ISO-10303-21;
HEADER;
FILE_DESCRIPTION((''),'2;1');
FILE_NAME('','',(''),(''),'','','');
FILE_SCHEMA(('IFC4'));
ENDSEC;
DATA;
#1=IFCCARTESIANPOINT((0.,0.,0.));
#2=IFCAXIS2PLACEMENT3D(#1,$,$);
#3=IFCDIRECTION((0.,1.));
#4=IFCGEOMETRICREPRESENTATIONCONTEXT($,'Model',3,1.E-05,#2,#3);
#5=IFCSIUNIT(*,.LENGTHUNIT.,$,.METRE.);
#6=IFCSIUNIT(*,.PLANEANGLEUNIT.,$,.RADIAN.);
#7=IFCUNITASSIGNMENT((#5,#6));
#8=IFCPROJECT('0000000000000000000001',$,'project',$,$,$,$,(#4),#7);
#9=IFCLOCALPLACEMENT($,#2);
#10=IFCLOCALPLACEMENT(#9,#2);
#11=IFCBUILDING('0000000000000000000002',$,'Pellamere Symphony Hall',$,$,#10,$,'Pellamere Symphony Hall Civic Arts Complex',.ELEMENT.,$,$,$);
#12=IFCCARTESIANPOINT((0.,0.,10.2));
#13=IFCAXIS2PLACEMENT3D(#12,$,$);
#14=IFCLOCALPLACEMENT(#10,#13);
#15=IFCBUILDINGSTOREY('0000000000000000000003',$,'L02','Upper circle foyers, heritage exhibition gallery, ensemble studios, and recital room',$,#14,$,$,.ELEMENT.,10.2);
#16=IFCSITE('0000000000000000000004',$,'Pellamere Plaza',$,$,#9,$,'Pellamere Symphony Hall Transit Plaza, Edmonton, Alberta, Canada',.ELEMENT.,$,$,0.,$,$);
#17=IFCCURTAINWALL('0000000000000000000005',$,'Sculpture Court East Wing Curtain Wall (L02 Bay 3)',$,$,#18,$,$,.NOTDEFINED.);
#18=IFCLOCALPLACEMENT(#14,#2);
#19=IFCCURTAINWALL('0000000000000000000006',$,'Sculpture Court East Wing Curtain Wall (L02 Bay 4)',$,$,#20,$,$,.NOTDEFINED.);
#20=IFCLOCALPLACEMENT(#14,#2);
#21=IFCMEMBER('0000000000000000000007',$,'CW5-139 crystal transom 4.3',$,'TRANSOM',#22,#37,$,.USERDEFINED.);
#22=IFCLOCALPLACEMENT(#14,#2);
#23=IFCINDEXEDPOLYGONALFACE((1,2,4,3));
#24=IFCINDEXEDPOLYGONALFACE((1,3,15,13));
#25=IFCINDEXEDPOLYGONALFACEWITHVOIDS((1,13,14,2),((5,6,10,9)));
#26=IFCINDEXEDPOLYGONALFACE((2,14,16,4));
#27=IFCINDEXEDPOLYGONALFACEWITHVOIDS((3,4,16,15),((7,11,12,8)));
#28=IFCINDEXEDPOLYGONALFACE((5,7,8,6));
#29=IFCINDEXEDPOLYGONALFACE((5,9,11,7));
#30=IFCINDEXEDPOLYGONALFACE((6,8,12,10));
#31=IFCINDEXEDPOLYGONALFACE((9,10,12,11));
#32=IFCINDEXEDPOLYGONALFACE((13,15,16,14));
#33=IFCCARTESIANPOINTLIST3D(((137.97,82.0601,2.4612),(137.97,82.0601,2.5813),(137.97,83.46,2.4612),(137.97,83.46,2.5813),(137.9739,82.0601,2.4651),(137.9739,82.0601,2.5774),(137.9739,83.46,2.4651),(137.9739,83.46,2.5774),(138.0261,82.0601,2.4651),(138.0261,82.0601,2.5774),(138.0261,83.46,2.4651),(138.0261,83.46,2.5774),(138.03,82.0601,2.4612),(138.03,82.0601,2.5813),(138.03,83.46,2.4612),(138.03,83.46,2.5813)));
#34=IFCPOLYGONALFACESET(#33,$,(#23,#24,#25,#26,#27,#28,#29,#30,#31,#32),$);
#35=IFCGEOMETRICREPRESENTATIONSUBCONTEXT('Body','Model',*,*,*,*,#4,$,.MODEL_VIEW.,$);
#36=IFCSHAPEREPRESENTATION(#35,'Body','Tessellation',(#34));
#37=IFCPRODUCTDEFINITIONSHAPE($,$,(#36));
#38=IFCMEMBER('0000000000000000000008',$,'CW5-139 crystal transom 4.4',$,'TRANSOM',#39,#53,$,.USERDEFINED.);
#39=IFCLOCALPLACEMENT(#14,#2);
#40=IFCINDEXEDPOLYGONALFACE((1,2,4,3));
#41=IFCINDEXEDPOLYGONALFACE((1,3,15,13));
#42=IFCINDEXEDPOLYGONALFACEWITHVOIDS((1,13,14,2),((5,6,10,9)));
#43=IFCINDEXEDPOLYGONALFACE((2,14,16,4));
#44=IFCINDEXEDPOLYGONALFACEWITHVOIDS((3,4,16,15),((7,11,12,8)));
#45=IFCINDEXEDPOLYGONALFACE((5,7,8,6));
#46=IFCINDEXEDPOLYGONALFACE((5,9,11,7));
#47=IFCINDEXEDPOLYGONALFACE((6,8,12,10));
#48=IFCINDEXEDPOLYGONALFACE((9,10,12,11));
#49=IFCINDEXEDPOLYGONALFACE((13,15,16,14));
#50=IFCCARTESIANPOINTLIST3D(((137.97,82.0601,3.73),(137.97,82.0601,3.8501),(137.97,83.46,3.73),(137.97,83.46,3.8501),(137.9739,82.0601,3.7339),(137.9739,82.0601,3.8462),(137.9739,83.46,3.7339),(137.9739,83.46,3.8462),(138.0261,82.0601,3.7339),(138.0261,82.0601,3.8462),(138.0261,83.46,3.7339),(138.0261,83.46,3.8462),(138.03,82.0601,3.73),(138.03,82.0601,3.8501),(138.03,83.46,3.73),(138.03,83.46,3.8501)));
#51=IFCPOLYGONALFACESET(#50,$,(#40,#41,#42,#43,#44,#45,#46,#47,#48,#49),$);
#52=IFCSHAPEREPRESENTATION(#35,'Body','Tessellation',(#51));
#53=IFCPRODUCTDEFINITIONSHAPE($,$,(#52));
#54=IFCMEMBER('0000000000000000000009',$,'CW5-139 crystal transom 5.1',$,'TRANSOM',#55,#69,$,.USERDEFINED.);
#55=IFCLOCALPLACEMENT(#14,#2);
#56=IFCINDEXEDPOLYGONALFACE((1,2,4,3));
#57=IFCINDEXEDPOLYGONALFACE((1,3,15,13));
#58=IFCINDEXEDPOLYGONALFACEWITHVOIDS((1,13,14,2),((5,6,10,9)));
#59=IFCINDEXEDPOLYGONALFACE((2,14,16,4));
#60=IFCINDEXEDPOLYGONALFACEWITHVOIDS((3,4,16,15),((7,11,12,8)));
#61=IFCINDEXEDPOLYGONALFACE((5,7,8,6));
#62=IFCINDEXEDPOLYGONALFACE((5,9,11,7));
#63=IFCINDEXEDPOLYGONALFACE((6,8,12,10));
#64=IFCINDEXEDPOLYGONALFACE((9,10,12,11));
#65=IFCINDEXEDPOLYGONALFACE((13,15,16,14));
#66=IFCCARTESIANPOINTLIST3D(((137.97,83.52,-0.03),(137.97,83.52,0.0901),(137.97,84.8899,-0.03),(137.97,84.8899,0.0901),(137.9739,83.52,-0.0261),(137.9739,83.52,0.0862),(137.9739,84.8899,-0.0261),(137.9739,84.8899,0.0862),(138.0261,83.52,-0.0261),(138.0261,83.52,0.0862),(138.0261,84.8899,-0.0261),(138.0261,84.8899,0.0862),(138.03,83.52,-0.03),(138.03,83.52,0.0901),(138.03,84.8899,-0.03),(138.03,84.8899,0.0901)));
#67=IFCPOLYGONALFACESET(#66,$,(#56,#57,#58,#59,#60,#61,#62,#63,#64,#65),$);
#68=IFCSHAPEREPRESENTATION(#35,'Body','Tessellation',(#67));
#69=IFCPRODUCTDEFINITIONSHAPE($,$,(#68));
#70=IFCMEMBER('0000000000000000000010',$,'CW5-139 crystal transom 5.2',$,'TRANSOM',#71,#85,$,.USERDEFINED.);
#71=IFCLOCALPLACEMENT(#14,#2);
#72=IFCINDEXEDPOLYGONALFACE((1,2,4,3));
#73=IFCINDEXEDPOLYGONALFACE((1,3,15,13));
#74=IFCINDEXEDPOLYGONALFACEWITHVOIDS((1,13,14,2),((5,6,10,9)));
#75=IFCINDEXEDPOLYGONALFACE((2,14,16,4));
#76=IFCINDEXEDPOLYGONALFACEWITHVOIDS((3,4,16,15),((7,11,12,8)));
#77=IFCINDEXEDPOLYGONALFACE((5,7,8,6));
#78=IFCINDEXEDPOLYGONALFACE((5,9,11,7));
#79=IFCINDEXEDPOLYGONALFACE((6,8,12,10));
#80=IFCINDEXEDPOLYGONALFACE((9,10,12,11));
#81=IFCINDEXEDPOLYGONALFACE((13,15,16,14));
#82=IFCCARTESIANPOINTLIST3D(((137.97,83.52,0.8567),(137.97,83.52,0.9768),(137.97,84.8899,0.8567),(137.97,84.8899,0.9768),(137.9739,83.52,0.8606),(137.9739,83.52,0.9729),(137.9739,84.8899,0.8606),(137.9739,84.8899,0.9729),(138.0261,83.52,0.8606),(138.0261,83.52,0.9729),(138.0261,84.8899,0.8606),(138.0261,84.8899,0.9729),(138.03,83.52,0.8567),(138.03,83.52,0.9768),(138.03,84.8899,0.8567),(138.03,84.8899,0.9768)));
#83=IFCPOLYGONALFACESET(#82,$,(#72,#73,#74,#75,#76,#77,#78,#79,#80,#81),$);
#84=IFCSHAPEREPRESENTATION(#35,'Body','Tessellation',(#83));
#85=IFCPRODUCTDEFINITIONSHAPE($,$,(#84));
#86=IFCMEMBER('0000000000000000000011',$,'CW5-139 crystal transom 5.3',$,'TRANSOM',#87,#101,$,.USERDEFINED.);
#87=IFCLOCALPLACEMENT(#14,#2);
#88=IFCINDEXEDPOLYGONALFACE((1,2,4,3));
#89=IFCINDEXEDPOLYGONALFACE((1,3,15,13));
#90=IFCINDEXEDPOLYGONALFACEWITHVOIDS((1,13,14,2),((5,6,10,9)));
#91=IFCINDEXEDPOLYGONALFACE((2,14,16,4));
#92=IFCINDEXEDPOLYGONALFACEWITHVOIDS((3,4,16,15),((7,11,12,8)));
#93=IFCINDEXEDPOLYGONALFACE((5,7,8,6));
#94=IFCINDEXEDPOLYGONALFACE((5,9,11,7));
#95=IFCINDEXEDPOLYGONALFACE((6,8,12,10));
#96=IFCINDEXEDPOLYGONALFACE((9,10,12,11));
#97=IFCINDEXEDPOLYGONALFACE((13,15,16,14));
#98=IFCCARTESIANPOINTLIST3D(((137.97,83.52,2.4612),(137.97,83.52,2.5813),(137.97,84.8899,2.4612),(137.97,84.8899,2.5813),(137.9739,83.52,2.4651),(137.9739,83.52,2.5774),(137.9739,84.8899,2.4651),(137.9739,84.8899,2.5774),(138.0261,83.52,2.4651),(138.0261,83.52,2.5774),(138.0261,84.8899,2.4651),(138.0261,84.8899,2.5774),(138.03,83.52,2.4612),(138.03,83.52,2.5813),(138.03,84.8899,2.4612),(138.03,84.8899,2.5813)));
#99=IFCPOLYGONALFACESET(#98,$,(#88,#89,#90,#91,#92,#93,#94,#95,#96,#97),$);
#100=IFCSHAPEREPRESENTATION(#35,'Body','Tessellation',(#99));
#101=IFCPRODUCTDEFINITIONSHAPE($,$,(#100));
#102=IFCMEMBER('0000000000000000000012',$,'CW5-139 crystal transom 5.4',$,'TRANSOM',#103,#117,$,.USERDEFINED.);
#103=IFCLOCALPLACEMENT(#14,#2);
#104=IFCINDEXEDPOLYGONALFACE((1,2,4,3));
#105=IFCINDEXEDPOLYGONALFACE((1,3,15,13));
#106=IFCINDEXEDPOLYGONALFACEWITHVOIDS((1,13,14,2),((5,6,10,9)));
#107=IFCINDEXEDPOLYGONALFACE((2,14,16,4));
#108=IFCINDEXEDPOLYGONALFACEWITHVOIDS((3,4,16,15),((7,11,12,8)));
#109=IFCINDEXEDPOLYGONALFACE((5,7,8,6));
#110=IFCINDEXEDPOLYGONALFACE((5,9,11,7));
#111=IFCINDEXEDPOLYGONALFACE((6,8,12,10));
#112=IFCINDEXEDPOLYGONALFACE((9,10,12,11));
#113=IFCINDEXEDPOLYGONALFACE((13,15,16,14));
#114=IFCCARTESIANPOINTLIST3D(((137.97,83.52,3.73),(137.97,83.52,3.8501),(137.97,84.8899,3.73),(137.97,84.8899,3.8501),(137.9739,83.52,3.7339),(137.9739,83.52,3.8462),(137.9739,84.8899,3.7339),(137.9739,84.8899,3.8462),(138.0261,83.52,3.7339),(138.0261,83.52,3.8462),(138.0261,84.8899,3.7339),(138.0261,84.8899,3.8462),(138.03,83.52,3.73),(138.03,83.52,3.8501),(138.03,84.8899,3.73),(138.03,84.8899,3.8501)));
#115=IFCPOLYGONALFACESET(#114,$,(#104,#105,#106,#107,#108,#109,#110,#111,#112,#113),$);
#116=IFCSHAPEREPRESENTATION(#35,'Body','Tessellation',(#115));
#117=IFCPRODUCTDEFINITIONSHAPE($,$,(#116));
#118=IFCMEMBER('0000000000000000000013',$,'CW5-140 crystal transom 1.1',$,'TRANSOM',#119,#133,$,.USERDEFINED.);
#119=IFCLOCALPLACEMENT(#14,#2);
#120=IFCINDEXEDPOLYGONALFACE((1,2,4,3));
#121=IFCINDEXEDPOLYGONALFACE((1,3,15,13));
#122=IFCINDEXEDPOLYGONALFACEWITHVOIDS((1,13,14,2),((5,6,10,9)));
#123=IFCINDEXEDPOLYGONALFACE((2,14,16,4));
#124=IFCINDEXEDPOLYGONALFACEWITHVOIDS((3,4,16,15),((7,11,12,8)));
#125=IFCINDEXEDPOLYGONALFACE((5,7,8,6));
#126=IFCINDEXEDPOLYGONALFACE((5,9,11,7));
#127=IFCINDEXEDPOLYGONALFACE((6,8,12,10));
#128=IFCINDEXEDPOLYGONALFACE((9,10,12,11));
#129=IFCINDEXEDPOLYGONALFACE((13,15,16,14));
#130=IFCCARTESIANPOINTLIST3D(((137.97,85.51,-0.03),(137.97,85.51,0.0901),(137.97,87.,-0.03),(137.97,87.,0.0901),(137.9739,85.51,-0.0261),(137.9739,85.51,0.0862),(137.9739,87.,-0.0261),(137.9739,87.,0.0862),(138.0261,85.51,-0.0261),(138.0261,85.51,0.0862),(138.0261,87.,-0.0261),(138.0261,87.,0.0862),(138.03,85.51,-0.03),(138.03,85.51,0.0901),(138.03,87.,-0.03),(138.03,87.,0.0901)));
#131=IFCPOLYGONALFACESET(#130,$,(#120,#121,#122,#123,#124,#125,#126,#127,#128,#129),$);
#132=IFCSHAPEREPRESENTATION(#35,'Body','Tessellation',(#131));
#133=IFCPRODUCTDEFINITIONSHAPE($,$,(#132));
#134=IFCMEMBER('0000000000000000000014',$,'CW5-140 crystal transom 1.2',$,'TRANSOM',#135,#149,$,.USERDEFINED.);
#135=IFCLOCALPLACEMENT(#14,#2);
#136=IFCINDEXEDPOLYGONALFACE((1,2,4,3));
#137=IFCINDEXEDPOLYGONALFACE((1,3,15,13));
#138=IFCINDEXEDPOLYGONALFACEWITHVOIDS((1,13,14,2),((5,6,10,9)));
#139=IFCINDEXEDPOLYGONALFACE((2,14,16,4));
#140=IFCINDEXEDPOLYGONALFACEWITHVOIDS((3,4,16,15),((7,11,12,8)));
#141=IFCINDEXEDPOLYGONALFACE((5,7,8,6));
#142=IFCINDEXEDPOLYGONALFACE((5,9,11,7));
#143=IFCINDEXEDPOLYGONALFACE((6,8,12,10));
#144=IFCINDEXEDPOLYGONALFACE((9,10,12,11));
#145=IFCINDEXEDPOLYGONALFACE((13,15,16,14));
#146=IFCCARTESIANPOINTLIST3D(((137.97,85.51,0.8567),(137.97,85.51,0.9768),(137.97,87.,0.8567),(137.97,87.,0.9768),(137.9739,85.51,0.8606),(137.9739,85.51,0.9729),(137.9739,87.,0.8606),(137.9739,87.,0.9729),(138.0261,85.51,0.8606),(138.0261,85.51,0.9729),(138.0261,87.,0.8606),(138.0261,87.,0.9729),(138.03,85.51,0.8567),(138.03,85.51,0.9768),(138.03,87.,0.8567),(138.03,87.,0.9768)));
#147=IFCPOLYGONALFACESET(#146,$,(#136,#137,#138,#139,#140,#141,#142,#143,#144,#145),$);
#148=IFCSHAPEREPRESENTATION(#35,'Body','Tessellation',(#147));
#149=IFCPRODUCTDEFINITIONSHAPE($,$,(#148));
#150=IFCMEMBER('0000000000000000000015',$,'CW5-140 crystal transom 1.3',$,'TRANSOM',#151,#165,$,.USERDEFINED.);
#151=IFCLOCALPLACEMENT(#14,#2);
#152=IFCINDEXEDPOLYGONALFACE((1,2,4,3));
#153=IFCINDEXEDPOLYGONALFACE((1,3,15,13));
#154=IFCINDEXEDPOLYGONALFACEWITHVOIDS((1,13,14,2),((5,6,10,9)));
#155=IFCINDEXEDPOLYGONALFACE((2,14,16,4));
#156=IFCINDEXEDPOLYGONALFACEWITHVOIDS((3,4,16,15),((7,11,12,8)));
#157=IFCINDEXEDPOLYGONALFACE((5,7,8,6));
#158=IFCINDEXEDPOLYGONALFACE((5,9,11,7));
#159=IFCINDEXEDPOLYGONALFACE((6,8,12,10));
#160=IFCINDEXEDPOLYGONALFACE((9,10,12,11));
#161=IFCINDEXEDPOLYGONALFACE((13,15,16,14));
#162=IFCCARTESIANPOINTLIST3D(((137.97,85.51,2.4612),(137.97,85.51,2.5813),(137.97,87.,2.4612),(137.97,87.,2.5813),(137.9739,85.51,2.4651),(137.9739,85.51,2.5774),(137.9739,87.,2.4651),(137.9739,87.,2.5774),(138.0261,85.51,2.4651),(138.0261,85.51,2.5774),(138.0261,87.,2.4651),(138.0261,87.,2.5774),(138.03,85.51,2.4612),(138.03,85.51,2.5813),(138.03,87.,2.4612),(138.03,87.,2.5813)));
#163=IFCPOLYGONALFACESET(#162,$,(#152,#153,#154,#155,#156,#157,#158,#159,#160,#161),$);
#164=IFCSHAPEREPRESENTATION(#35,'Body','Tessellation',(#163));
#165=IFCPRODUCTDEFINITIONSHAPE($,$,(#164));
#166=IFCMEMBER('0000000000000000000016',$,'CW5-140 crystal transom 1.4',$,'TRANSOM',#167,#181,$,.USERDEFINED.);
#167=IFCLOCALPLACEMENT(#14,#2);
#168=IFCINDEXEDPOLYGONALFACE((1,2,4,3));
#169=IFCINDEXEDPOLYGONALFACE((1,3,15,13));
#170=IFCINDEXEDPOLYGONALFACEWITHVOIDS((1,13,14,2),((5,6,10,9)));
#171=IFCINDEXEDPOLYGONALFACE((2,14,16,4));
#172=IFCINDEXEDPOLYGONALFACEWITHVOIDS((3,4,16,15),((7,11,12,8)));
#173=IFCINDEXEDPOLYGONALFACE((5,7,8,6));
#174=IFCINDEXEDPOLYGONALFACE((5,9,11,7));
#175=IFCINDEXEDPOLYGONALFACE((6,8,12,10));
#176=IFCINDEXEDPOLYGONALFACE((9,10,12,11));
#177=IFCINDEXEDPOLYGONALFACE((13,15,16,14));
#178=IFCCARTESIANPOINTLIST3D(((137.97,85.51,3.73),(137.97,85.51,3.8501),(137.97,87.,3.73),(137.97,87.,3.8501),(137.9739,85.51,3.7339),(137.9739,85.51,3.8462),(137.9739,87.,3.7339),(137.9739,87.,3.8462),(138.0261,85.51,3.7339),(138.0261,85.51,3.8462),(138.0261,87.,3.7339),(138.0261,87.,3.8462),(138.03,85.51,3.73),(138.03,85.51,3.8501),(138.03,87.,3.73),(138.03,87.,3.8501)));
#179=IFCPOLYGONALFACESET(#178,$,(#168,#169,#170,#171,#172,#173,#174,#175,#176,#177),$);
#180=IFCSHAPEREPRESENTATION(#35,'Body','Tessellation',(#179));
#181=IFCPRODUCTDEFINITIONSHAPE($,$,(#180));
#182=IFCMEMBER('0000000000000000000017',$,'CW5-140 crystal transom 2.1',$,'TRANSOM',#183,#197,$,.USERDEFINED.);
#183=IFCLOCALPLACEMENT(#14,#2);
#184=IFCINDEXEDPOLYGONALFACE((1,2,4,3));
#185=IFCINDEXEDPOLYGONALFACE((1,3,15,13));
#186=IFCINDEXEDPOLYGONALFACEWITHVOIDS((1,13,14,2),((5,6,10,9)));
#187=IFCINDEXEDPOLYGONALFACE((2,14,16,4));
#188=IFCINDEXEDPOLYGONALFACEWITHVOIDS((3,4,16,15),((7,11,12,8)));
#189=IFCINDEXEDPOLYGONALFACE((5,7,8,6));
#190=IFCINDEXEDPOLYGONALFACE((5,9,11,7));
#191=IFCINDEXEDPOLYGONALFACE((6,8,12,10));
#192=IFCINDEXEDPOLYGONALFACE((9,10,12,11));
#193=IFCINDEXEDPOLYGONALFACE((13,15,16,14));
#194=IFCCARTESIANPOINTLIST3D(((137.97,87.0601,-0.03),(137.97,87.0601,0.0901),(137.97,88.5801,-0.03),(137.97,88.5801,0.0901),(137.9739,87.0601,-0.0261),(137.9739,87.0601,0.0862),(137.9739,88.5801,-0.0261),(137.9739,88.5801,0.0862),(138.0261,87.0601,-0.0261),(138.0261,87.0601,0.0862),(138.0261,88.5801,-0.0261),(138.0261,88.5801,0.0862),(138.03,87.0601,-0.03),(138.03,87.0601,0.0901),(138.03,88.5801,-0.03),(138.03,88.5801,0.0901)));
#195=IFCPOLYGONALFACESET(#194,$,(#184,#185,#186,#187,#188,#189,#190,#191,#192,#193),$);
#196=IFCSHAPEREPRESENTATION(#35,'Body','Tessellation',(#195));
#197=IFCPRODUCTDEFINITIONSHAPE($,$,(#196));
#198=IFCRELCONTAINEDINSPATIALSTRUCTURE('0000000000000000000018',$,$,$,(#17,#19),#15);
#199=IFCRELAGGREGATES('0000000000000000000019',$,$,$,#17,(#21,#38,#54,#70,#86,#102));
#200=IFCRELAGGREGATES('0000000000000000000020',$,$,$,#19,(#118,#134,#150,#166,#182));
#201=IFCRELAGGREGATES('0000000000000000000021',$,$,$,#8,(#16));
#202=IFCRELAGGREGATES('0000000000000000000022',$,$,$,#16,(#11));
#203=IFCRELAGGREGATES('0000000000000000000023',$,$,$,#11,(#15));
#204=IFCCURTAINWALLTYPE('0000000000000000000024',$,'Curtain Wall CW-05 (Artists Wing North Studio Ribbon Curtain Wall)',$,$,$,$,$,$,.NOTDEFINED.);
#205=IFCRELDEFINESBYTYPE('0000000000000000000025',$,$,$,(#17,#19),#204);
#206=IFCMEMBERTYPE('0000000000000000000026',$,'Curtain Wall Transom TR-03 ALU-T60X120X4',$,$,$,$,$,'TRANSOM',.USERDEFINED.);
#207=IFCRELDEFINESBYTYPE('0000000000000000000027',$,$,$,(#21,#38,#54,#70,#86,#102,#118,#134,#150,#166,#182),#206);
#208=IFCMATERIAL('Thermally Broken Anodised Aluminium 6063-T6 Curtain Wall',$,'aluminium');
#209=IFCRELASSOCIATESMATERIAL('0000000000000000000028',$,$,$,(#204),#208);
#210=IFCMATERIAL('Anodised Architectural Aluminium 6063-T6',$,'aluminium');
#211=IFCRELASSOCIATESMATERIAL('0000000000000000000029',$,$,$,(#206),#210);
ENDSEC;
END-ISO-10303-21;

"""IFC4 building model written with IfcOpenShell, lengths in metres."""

from ifc_helpers import new_model, si_unit, direction, frame, origin, origin_2d, place, context, subcontext, project, spatial, hollow_rectangle, extrude, material, material_profile, profile_set, type_object, element, aggregate, save


model = new_model("IFC4")

# Units and contexts
model_context = context("Model", 3, precision=1e-05, world=origin(), true_north=direction((0.0, 1.0)))
body_context = subcontext(model_context, "Body", "Model", "MODEL_VIEW")
ifc_project = project(units=[si_unit("LENGTHUNIT", "METRE"), si_unit("PLANEANGLEUNIT", "RADIAN")], contexts=[model_context])

# Site, building, storey
site_placement = place(None, origin())
site = spatial("IfcSite", under=ifc_project, at=site_placement, Name="Pellamere Plaza", LongName="Pellamere Symphony Hall Transit Plaza, Edmonton, Alberta, Canada", CompositionType="ELEMENT", RefElevation=0.0)
building_placement = place(site_placement, origin())
building = spatial("IfcBuilding", under=site, at=building_placement, Name="Pellamere Symphony Hall", LongName="Pellamere Symphony Hall Civic Arts Complex", CompositionType="ELEMENT")
storey_placement = place(building_placement, frame((0.0, 0.0, 10.2)))
storey = spatial("IfcBuildingStorey", under=building, at=storey_placement, Name="L02", Description="Upper circle foyers, heritage exhibition gallery, ensemble studios, and recital room", CompositionType="ELEMENT", Elevation=10.2)

# Curtain walls
ifc_material_1 = material(Name="Thermally Broken Anodised Aluminium 6063-T6 Curtain Wall", Category="aluminium")
curtain_wall_type = type_object("IfcCurtainWallType", Name="Curtain Wall CW-05 (Artists Wing North Studio Ribbon Curtain Wall)", PredefinedType="NOTDEFINED", material=ifc_material_1)
curtain_wall_1_placement = place(storey_placement, origin())
curtain_wall_1 = element("IfcCurtainWall", 1, at=curtain_wall_1_placement, inside=storey, type_object=curtain_wall_type, Name="Sculpture Court East Wing Curtain Wall (L02 Bay 3)", PredefinedType="NOTDEFINED")
ifc_material_2 = material(Name="Anodised Architectural Aluminium 6063-T6", Category="aluminium")
curtain_wall_2_placement = place(storey_placement, origin())
curtain_wall_2 = element("IfcCurtainWall", 2, at=curtain_wall_2_placement, inside=storey, type_object=curtain_wall_type, Name="Sculpture Court East Wing Curtain Wall (L02 Bay 4)", PredefinedType="NOTDEFINED")

# Members
ifc_material_profile_1 = material_profile(ifc_material_2, hollow_rectangle(XDim=0.0601, YDim=0.1201, WallThickness=0.0039, at=origin_2d()), Name="ALU-T60X120X4")
ifc_profile_set_1 = profile_set([ifc_material_profile_1], Name="Anodised Architectural Aluminium 6063-T6")
member_type_1 = type_object("IfcMemberType", Name="Curtain Wall Transom TR-03 ALU-T60X120X4", ElementType="TRANSOM", PredefinedType="USERDEFINED", material=ifc_profile_set_1)
member_1_placement = place(storey_placement, frame((138.0, 82.0601, 2.5212), z_axis=(0.0, 1.0, 0.0), x_axis=(-1.0, 0.0, 0.0)))
member_1 = element("IfcMember", 3, at=member_1_placement, type_object=member_type_1, Name="CW5-139 crystal transom 4.3", ObjectType="TRANSOM", PredefinedType="USERDEFINED", context=body_context, shape_type="SweptSolid", body=[
    extrude(hollow_rectangle(XDim=0.0601, YDim=0.1201, WallThickness=0.0039, at=origin_2d()), origin(), (0.0, 0.0, 1.0), 1.3999),
])
member_2_placement = place(storey_placement, frame((138.0, 82.0601, 3.79), z_axis=(0.0, 1.0, 0.0), x_axis=(-1.0, 0.0, 0.0)))
member_2 = element("IfcMember", 4, at=member_2_placement, type_object=member_type_1, Name="CW5-139 crystal transom 4.4", ObjectType="TRANSOM", PredefinedType="USERDEFINED", context=body_context, shape_type="SweptSolid", body=[
    extrude(hollow_rectangle(XDim=0.0601, YDim=0.1201, WallThickness=0.0039, at=origin_2d()), origin(), (0.0, 0.0, 1.0), 1.3999),
])
member_3_placement = place(storey_placement, frame((138.0, 83.52, 0.03), z_axis=(0.0, 1.0, 0.0), x_axis=(-1.0, 0.0, 0.0)))
member_3 = element("IfcMember", 5, at=member_3_placement, type_object=member_type_1, Name="CW5-139 crystal transom 5.1", ObjectType="TRANSOM", PredefinedType="USERDEFINED", context=body_context, shape_type="SweptSolid", body=[
    extrude(hollow_rectangle(XDim=0.0601, YDim=0.1201, WallThickness=0.0039, at=origin_2d()), origin(), (0.0, 0.0, 1.0), 1.3699),
])
member_4_placement = place(storey_placement, frame((138.0, 83.52, 0.9167), z_axis=(0.0, 1.0, 0.0), x_axis=(-1.0, 0.0, 0.0)))
member_4 = element("IfcMember", 6, at=member_4_placement, type_object=member_type_1, Name="CW5-139 crystal transom 5.2", ObjectType="TRANSOM", PredefinedType="USERDEFINED", context=body_context, shape_type="SweptSolid", body=[
    extrude(hollow_rectangle(XDim=0.0601, YDim=0.1201, WallThickness=0.0039, at=origin_2d()), origin(), (0.0, 0.0, 1.0), 1.3699),
])
member_5_placement = place(storey_placement, frame((138.0, 83.52, 2.5212), z_axis=(0.0, 1.0, 0.0), x_axis=(-1.0, 0.0, 0.0)))
member_5 = element("IfcMember", 7, at=member_5_placement, type_object=member_type_1, Name="CW5-139 crystal transom 5.3", ObjectType="TRANSOM", PredefinedType="USERDEFINED", context=body_context, shape_type="SweptSolid", body=[
    extrude(hollow_rectangle(XDim=0.0601, YDim=0.1201, WallThickness=0.0039, at=origin_2d()), origin(), (0.0, 0.0, 1.0), 1.3699),
])
member_6_placement = place(storey_placement, frame((138.0, 83.52, 3.79), z_axis=(0.0, 1.0, 0.0), x_axis=(-1.0, 0.0, 0.0)))
member_6 = element("IfcMember", 8, at=member_6_placement, type_object=member_type_1, Name="CW5-139 crystal transom 5.4", ObjectType="TRANSOM", PredefinedType="USERDEFINED", context=body_context, shape_type="SweptSolid", body=[
    extrude(hollow_rectangle(XDim=0.0601, YDim=0.1201, WallThickness=0.0039, at=origin_2d()), origin(), (0.0, 0.0, 1.0), 1.3699),
])
member_7_placement = place(storey_placement, frame((138.0, 85.51, 0.03), z_axis=(0.0, 1.0, 0.0), x_axis=(-1.0, 0.0, 0.0)))
member_7 = element("IfcMember", 9, at=member_7_placement, type_object=member_type_1, Name="CW5-140 crystal transom 1.1", ObjectType="TRANSOM", PredefinedType="USERDEFINED", context=body_context, shape_type="SweptSolid", body=[
    extrude(hollow_rectangle(XDim=0.0601, YDim=0.1201, WallThickness=0.0039, at=origin_2d()), origin(), (0.0, 0.0, 1.0), 1.49),
])
member_8_placement = place(storey_placement, frame((138.0, 85.51, 0.9167), z_axis=(0.0, 1.0, 0.0), x_axis=(-1.0, 0.0, 0.0)))
member_8 = element("IfcMember", 10, at=member_8_placement, type_object=member_type_1, Name="CW5-140 crystal transom 1.2", ObjectType="TRANSOM", PredefinedType="USERDEFINED", context=body_context, shape_type="SweptSolid", body=[
    extrude(hollow_rectangle(XDim=0.0601, YDim=0.1201, WallThickness=0.0039, at=origin_2d()), origin(), (0.0, 0.0, 1.0), 1.49),
])
member_9_placement = place(storey_placement, frame((138.0, 85.51, 2.5212), z_axis=(0.0, 1.0, 0.0), x_axis=(-1.0, 0.0, 0.0)))
member_9 = element("IfcMember", 11, at=member_9_placement, type_object=member_type_1, Name="CW5-140 crystal transom 1.3", ObjectType="TRANSOM", PredefinedType="USERDEFINED", context=body_context, shape_type="SweptSolid", body=[
    extrude(hollow_rectangle(XDim=0.0601, YDim=0.1201, WallThickness=0.0039, at=origin_2d()), origin(), (0.0, 0.0, 1.0), 1.49),
])
member_10_placement = place(storey_placement, frame((138.0, 85.51, 3.79), z_axis=(0.0, 1.0, 0.0), x_axis=(-1.0, 0.0, 0.0)))
member_10 = element("IfcMember", 12, at=member_10_placement, type_object=member_type_1, Name="CW5-140 crystal transom 1.4", ObjectType="TRANSOM", PredefinedType="USERDEFINED", context=body_context, shape_type="SweptSolid", body=[
    extrude(hollow_rectangle(XDim=0.0601, YDim=0.1201, WallThickness=0.0039, at=origin_2d()), origin(), (0.0, 0.0, 1.0), 1.49),
])
member_11_placement = place(storey_placement, frame((138.0, 87.0601, 0.03), z_axis=(0.0, 1.0, 0.0), x_axis=(-1.0, 0.0, 0.0)))
member_11 = element("IfcMember", 13, at=member_11_placement, type_object=member_type_1, Name="CW5-140 crystal transom 2.1", ObjectType="TRANSOM", PredefinedType="USERDEFINED", context=body_context, shape_type="SweptSolid", body=[
    extrude(hollow_rectangle(XDim=0.0601, YDim=0.1201, WallThickness=0.0039, at=origin_2d()), origin(), (0.0, 0.0, 1.0), 1.52),
])

aggregate(curtain_wall_1, [member_1, member_2, member_3, member_4, member_5, member_6])
aggregate(curtain_wall_2, [member_7, member_8, member_9, member_10, member_11])

save(model, "model.ifc")
